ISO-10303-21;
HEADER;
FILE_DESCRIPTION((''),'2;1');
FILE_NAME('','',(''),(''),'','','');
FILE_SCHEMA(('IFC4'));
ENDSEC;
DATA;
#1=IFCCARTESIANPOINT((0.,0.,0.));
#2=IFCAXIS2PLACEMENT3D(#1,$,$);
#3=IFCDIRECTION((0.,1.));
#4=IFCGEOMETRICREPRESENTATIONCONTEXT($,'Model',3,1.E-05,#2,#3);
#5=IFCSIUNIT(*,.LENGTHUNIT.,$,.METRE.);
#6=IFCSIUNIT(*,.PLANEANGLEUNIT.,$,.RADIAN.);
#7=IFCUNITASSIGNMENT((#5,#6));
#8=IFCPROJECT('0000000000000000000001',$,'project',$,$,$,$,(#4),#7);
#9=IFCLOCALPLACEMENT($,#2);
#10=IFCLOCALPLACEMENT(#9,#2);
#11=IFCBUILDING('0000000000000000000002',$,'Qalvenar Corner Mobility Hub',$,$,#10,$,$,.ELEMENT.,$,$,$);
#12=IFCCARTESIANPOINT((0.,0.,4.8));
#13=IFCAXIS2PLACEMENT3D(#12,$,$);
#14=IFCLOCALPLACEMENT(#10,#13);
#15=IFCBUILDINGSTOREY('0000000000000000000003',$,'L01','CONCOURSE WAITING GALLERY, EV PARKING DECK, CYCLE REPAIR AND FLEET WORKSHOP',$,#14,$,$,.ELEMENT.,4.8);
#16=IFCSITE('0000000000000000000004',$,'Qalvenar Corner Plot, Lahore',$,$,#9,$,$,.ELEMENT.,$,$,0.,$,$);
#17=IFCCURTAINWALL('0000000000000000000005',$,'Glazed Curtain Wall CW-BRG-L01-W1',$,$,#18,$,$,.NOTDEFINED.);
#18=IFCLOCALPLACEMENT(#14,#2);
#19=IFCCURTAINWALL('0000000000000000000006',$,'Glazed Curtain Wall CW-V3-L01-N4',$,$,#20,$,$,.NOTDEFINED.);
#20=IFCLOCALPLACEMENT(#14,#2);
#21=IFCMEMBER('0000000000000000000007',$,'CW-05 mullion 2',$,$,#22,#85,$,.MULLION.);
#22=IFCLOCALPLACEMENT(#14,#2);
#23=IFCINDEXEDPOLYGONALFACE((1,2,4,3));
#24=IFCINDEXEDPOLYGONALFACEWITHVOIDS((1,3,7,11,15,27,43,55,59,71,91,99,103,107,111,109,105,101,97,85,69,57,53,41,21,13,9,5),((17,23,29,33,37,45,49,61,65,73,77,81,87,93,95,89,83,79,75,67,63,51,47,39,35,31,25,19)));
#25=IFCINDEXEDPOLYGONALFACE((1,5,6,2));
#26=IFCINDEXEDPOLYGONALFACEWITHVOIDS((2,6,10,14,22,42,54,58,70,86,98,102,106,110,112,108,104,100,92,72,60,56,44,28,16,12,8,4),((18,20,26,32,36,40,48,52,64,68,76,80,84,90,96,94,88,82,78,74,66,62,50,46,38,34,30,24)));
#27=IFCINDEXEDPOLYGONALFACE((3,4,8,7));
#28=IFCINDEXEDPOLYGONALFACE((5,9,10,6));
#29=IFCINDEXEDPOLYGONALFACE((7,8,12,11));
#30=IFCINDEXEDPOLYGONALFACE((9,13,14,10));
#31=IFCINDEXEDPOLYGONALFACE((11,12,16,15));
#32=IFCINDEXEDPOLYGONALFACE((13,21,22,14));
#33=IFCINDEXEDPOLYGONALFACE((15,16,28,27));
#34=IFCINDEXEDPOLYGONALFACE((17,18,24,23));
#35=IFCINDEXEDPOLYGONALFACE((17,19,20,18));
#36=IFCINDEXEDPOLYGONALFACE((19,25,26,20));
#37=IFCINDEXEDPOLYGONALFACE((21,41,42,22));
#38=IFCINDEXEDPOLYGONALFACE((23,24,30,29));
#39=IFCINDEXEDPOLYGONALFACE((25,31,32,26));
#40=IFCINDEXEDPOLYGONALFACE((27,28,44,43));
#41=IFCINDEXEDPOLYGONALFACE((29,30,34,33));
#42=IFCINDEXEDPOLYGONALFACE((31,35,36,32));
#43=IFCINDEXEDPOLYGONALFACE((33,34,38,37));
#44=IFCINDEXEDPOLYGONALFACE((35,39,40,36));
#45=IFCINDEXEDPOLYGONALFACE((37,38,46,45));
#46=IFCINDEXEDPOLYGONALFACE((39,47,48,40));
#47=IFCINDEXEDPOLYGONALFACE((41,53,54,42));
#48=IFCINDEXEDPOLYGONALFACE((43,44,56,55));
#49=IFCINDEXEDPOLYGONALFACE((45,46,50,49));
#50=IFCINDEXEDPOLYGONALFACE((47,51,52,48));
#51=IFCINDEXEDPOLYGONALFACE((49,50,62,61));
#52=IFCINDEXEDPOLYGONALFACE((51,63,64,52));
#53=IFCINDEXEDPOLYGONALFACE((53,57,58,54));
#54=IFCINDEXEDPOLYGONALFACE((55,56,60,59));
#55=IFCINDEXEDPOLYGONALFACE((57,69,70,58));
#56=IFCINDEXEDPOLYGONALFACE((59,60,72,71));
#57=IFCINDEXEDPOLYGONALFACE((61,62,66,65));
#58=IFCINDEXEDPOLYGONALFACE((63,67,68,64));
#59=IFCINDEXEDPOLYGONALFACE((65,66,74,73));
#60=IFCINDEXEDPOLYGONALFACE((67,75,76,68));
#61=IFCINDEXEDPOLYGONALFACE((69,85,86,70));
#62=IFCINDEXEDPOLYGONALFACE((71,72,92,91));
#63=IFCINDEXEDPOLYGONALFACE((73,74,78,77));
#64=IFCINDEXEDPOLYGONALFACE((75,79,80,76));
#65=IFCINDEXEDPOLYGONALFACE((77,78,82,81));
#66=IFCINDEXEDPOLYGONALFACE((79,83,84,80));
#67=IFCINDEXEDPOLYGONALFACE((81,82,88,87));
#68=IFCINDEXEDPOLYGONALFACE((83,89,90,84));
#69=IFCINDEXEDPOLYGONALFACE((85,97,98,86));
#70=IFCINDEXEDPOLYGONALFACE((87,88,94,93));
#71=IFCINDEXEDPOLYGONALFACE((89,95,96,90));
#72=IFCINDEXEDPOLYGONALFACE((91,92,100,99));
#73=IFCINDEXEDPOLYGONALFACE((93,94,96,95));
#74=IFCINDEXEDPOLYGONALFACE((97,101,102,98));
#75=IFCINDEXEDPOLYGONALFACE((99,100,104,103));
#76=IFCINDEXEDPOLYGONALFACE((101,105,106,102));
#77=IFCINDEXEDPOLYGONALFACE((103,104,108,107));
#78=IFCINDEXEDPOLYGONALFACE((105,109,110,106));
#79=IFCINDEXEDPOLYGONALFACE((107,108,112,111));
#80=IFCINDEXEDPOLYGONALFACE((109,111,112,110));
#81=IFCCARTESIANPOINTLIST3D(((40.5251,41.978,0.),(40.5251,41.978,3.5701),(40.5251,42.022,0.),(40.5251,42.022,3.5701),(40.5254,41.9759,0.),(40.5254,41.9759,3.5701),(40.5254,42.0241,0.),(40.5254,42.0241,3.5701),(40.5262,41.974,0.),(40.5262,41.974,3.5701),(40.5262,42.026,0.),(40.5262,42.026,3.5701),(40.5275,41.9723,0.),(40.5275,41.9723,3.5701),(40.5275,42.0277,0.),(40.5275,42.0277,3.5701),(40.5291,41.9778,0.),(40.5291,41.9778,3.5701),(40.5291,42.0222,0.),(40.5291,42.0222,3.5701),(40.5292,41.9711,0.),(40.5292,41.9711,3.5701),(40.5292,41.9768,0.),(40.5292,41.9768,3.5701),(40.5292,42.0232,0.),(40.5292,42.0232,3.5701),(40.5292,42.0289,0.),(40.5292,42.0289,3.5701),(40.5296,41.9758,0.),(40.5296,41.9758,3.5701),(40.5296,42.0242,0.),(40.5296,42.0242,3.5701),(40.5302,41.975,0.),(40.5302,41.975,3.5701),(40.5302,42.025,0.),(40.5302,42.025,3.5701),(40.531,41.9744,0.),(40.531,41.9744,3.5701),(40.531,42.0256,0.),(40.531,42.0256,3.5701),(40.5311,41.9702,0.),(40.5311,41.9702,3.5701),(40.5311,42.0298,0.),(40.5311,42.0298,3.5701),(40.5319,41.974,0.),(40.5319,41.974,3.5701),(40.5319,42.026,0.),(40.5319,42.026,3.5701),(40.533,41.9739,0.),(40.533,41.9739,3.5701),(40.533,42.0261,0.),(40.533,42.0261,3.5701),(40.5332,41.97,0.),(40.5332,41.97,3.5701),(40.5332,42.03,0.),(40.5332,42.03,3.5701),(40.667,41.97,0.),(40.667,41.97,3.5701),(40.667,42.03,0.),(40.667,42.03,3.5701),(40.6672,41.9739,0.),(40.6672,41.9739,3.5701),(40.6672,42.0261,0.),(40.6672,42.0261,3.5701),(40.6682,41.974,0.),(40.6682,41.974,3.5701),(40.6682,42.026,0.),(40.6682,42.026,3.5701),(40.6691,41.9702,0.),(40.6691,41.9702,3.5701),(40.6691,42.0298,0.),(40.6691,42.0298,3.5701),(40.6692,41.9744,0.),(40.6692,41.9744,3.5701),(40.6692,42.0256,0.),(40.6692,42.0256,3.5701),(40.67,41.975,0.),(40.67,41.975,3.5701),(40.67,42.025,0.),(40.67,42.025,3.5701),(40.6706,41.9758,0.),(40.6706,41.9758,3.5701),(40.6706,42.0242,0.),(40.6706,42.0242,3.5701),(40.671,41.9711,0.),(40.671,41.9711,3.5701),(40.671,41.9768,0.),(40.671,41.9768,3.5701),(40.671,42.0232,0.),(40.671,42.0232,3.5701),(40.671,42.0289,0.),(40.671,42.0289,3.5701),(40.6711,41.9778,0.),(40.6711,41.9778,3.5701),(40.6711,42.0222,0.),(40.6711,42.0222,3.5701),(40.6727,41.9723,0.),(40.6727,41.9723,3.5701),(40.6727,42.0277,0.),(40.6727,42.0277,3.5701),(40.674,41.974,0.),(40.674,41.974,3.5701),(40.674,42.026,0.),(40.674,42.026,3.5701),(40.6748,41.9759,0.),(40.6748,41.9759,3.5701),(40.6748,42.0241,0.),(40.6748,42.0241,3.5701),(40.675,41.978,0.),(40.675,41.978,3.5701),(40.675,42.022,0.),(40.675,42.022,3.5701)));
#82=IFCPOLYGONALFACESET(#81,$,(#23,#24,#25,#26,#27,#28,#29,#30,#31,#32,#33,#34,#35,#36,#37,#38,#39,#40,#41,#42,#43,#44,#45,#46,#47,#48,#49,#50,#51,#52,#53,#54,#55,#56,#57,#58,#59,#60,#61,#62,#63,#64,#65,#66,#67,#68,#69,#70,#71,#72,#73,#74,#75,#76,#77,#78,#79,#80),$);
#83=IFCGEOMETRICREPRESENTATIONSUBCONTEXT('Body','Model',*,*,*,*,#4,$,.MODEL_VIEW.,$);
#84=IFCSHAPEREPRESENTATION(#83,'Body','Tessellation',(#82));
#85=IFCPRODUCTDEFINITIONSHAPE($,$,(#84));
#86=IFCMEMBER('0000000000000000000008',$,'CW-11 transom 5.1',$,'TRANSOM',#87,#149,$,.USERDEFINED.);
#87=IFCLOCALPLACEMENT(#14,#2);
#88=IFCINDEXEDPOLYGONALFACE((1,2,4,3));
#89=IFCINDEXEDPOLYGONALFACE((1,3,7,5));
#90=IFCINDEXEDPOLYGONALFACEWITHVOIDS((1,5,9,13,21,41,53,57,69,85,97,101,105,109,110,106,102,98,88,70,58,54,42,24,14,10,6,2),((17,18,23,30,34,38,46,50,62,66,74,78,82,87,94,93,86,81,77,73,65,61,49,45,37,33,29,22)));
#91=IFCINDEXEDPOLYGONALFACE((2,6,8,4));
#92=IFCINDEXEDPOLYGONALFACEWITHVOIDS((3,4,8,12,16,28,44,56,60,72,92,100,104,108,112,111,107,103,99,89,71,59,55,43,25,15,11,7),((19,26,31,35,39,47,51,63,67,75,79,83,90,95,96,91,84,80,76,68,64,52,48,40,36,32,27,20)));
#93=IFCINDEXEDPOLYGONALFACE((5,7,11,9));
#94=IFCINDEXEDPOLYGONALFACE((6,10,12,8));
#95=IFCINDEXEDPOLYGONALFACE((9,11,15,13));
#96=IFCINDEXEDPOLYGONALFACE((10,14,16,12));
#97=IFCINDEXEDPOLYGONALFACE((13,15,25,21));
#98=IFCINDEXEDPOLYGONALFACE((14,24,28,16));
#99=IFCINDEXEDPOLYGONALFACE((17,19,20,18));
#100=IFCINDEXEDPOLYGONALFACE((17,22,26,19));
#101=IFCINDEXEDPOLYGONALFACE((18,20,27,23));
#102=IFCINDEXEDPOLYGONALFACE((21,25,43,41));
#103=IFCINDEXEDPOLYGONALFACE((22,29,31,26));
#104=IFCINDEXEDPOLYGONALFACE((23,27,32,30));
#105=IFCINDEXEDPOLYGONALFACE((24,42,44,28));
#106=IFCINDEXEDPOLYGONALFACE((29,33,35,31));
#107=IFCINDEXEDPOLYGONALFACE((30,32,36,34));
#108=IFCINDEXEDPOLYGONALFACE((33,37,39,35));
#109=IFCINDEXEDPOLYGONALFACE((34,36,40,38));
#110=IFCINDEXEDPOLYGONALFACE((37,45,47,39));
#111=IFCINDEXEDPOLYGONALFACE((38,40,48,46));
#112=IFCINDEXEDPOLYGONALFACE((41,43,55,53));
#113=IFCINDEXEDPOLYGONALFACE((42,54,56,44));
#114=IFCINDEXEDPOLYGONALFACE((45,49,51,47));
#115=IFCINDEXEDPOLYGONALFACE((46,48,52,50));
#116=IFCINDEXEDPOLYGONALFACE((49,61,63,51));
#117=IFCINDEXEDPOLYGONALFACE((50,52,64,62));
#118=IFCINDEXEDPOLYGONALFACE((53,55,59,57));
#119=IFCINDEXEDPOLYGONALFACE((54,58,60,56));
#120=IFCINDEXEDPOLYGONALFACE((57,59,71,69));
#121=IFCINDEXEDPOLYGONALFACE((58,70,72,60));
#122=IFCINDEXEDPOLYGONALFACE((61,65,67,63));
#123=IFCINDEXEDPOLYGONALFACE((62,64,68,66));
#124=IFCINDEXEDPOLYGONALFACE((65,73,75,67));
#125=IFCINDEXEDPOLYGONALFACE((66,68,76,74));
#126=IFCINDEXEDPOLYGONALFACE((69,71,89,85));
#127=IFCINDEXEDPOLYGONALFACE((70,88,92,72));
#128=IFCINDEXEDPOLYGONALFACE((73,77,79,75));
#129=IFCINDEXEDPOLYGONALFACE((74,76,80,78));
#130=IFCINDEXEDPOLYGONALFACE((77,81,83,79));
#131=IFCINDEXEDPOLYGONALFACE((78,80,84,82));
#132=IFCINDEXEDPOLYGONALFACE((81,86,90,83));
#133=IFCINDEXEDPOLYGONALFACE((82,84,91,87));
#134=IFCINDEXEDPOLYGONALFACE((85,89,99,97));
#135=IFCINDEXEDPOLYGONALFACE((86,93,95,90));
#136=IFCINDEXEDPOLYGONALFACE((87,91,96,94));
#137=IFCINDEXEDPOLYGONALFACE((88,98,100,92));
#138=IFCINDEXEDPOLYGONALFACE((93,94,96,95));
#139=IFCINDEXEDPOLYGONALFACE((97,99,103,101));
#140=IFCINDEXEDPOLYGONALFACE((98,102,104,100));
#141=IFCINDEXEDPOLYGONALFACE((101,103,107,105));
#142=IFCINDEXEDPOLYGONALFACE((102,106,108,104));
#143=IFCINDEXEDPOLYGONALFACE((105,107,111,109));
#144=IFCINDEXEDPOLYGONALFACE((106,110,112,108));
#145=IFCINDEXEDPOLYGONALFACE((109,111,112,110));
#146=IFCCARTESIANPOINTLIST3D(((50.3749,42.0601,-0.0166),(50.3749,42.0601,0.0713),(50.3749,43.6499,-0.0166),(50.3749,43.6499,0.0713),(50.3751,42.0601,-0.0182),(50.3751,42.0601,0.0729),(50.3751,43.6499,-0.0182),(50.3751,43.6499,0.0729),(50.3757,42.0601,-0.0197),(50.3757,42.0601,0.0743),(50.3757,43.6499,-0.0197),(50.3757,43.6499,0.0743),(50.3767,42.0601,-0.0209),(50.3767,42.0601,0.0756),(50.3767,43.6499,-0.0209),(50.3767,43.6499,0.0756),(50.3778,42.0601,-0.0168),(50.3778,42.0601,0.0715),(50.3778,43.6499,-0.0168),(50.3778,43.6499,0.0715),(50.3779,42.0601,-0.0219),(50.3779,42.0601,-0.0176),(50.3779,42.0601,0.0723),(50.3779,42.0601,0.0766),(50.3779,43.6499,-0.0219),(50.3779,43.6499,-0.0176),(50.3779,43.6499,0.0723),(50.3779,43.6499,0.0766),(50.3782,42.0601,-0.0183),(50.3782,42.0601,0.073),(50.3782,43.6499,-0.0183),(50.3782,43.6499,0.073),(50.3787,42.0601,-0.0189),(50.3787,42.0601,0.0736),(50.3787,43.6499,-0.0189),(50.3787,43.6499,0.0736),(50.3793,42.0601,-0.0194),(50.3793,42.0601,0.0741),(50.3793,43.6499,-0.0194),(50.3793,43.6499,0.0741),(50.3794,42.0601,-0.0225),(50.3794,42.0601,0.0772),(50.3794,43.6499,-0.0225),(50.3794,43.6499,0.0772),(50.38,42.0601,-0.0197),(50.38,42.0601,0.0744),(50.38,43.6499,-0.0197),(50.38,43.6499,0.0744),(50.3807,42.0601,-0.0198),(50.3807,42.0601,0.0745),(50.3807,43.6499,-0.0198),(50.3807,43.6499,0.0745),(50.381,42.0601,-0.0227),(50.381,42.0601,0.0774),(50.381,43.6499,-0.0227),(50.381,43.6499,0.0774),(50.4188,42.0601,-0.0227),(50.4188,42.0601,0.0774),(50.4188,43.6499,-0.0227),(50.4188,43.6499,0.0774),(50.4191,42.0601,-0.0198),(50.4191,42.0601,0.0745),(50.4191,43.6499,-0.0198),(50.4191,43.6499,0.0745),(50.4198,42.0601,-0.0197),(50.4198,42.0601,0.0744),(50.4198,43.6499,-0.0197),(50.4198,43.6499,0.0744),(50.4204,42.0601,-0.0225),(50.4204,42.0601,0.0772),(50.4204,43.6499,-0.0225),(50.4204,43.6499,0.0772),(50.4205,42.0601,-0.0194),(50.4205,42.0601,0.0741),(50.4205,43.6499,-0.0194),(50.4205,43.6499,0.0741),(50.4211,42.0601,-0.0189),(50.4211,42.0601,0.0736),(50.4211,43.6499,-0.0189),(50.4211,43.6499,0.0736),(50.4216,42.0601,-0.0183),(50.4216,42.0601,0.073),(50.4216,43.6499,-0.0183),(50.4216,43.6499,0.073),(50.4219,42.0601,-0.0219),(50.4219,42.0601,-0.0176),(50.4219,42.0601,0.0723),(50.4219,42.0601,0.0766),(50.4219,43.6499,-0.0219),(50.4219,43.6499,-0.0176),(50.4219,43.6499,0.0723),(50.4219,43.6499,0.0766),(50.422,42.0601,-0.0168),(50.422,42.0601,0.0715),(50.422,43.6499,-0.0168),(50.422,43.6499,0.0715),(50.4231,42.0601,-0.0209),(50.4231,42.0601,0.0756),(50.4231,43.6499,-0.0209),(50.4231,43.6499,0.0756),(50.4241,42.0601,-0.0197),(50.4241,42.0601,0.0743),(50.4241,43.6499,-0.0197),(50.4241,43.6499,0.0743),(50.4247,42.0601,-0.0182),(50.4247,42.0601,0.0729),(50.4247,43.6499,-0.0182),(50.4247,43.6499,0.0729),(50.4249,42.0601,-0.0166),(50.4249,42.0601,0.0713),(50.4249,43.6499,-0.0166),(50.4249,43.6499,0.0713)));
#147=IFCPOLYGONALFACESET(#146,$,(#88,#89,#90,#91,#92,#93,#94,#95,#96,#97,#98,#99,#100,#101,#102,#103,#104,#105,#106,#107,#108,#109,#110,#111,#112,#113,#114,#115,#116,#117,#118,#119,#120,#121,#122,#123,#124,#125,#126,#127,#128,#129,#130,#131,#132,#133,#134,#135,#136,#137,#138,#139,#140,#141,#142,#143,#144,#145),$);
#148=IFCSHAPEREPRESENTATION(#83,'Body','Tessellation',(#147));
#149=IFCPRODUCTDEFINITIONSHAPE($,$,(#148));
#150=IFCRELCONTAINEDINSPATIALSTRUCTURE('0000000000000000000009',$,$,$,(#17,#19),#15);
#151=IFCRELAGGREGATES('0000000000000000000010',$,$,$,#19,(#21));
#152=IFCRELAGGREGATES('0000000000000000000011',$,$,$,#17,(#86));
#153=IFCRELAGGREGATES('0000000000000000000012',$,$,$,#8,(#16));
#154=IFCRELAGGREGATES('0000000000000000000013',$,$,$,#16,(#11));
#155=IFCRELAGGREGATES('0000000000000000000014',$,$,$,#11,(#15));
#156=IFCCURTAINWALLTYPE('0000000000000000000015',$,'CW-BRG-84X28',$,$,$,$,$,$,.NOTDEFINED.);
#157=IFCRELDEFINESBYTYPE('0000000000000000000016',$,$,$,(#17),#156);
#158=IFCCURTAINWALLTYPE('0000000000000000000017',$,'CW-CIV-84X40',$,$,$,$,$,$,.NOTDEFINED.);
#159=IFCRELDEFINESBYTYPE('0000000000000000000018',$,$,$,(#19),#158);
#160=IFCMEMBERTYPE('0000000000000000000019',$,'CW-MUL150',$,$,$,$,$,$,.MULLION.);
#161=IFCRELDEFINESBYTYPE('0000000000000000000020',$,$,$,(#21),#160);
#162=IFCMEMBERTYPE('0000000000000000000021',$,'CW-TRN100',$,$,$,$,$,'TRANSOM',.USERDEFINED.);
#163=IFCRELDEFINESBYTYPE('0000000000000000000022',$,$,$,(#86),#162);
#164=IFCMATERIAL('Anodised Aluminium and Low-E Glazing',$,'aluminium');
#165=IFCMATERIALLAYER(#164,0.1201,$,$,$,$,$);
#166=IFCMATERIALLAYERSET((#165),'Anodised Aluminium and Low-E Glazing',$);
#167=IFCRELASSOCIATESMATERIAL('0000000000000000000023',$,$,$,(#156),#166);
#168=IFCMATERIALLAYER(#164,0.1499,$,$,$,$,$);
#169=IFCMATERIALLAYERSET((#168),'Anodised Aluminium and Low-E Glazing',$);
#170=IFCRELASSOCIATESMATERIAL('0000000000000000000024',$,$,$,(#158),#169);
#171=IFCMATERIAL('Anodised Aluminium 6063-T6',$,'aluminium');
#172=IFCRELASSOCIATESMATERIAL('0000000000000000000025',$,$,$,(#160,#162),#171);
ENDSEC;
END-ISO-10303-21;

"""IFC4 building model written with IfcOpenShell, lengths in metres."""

from ifc_helpers import new_model, si_unit, direction, frame, origin, origin_2d, place, context, subcontext, project, spatial, hollow_rectangle, extrude, material, layer, layer_set, material_profile, profile_set, type_object, element, aggregate, save


model = new_model("IFC4")

# Units and contexts
model_context = context("Model", 3, precision=1e-05, world=origin(), true_north=direction((0.0, 1.0)))
body_context = subcontext(model_context, "Body", "Model", "MODEL_VIEW")
ifc_project = project(units=[si_unit("LENGTHUNIT", "METRE"), si_unit("PLANEANGLEUNIT", "RADIAN")], contexts=[model_context])

# Site, building, storey
site_placement = place(None, origin())
site = spatial("IfcSite", under=ifc_project, at=site_placement, Name="Qalvenar Corner Plot, Lahore", CompositionType="ELEMENT", RefElevation=0.0)
building_placement = place(site_placement, origin())
building = spatial("IfcBuilding", under=site, at=building_placement, Name="Qalvenar Corner Mobility Hub", CompositionType="ELEMENT")
storey_placement = place(building_placement, frame((0.0, 0.0, 4.8)))
storey = spatial("IfcBuildingStorey", under=building, at=storey_placement, Name="L01", Description="CONCOURSE WAITING GALLERY, EV PARKING DECK, CYCLE REPAIR AND FLEET WORKSHOP", CompositionType="ELEMENT", Elevation=4.8)

# Curtain wall
ifc_material_1 = material(Name="Anodised Aluminium and Low-E Glazing", Category="aluminium")
ifc_layer_1 = layer(ifc_material_1, 0.1201)
ifc_layer_set_1 = layer_set([ifc_layer_1], Name="Anodised Aluminium and Low-E Glazing")
curtain_wall_type_1 = type_object("IfcCurtainWallType", Name="CW-BRG-84X28", PredefinedType="NOTDEFINED", material=ifc_layer_set_1)
curtain_wall_1_placement = place(storey_placement, origin())
curtain_wall_1 = element("IfcCurtainWall", 1, at=curtain_wall_1_placement, inside=storey, type_object=curtain_wall_type_1, Name="Glazed Curtain Wall CW-BRG-L01-W1", PredefinedType="NOTDEFINED")
ifc_material_2 = material(Name="Anodised Aluminium 6063-T6", Category="aluminium")

# Curtain wall, member
ifc_layer_2 = layer(ifc_material_1, 0.1499)
ifc_layer_set_2 = layer_set([ifc_layer_2], Name="Anodised Aluminium and Low-E Glazing")
curtain_wall_type_2 = type_object("IfcCurtainWallType", Name="CW-CIV-84X40", PredefinedType="NOTDEFINED", material=ifc_layer_set_2)
curtain_wall_2_placement = place(storey_placement, origin())
curtain_wall_2 = element("IfcCurtainWall", 2, at=curtain_wall_2_placement, inside=storey, type_object=curtain_wall_type_2, Name="Glazed Curtain Wall CW-V3-L01-N4", PredefinedType="NOTDEFINED")
ifc_material_profile_1 = material_profile(ifc_material_2, hollow_rectangle(XDim=0.0601, YDim=0.1499, WallThickness=0.0039, InnerFilletRadius=0.0039, OuterFilletRadius=0.0081, at=origin_2d()), Name="RHS150x60x4")
ifc_profile_set_1 = profile_set([ifc_material_profile_1], Name="Anodised Aluminium 6063-T6")
member_type_1 = type_object("IfcMemberType", Name="CW-MUL150", PredefinedType="MULLION", material=ifc_profile_set_1)
member_1_placement = place(storey_placement, frame((40.6001, 42.0, 0.0), z_axis=(0.0, 0.0, 1.0), x_axis=(0.0, -1.0, 0.0)))
member_1 = element("IfcMember", 3, at=member_1_placement, type_object=member_type_1, Name="CW-05 mullion 2", PredefinedType="MULLION", context=body_context, shape_type="SweptSolid", body=[
    extrude(hollow_rectangle(XDim=0.0601, YDim=0.1499, WallThickness=0.0039, InnerFilletRadius=0.0039, OuterFilletRadius=0.0081, at=origin_2d()), origin(), (0.0, 0.0, 1.0), 3.5701),
])

# Member
ifc_material_profile_2 = material_profile(ifc_material_2, hollow_rectangle(XDim=0.05, YDim=0.1001, WallThickness=0.0029, InnerFilletRadius=0.0029, OuterFilletRadius=0.0061, at=origin_2d()), Name="RHS100x50x3")
ifc_profile_set_2 = profile_set([ifc_material_profile_2], Name="Anodised Aluminium 6063-T6")
member_type_2 = type_object("IfcMemberType", Name="CW-TRN100", ElementType="TRANSOM", PredefinedType="USERDEFINED", material=ifc_profile_set_2)
member_2_placement = place(storey_placement, frame((50.3999, 43.6499, 0.0273), z_axis=(0.0, -1.0, 0.0), x_axis=(1.0, 0.0, 0.0)))
member_2 = element("IfcMember", 4, at=member_2_placement, type_object=member_type_2, Name="CW-11 transom 5.1", ObjectType="TRANSOM", PredefinedType="USERDEFINED", context=body_context, shape_type="SweptSolid", body=[
    extrude(hollow_rectangle(XDim=0.05, YDim=0.1001, WallThickness=0.0029, InnerFilletRadius=0.0029, OuterFilletRadius=0.0061, at=origin_2d()), origin(), (0.0, 0.0, 1.0), 1.5898),
])

aggregate(curtain_wall_2, [member_1])
aggregate(curtain_wall_1, [member_2])

save(model, "model.ifc")
